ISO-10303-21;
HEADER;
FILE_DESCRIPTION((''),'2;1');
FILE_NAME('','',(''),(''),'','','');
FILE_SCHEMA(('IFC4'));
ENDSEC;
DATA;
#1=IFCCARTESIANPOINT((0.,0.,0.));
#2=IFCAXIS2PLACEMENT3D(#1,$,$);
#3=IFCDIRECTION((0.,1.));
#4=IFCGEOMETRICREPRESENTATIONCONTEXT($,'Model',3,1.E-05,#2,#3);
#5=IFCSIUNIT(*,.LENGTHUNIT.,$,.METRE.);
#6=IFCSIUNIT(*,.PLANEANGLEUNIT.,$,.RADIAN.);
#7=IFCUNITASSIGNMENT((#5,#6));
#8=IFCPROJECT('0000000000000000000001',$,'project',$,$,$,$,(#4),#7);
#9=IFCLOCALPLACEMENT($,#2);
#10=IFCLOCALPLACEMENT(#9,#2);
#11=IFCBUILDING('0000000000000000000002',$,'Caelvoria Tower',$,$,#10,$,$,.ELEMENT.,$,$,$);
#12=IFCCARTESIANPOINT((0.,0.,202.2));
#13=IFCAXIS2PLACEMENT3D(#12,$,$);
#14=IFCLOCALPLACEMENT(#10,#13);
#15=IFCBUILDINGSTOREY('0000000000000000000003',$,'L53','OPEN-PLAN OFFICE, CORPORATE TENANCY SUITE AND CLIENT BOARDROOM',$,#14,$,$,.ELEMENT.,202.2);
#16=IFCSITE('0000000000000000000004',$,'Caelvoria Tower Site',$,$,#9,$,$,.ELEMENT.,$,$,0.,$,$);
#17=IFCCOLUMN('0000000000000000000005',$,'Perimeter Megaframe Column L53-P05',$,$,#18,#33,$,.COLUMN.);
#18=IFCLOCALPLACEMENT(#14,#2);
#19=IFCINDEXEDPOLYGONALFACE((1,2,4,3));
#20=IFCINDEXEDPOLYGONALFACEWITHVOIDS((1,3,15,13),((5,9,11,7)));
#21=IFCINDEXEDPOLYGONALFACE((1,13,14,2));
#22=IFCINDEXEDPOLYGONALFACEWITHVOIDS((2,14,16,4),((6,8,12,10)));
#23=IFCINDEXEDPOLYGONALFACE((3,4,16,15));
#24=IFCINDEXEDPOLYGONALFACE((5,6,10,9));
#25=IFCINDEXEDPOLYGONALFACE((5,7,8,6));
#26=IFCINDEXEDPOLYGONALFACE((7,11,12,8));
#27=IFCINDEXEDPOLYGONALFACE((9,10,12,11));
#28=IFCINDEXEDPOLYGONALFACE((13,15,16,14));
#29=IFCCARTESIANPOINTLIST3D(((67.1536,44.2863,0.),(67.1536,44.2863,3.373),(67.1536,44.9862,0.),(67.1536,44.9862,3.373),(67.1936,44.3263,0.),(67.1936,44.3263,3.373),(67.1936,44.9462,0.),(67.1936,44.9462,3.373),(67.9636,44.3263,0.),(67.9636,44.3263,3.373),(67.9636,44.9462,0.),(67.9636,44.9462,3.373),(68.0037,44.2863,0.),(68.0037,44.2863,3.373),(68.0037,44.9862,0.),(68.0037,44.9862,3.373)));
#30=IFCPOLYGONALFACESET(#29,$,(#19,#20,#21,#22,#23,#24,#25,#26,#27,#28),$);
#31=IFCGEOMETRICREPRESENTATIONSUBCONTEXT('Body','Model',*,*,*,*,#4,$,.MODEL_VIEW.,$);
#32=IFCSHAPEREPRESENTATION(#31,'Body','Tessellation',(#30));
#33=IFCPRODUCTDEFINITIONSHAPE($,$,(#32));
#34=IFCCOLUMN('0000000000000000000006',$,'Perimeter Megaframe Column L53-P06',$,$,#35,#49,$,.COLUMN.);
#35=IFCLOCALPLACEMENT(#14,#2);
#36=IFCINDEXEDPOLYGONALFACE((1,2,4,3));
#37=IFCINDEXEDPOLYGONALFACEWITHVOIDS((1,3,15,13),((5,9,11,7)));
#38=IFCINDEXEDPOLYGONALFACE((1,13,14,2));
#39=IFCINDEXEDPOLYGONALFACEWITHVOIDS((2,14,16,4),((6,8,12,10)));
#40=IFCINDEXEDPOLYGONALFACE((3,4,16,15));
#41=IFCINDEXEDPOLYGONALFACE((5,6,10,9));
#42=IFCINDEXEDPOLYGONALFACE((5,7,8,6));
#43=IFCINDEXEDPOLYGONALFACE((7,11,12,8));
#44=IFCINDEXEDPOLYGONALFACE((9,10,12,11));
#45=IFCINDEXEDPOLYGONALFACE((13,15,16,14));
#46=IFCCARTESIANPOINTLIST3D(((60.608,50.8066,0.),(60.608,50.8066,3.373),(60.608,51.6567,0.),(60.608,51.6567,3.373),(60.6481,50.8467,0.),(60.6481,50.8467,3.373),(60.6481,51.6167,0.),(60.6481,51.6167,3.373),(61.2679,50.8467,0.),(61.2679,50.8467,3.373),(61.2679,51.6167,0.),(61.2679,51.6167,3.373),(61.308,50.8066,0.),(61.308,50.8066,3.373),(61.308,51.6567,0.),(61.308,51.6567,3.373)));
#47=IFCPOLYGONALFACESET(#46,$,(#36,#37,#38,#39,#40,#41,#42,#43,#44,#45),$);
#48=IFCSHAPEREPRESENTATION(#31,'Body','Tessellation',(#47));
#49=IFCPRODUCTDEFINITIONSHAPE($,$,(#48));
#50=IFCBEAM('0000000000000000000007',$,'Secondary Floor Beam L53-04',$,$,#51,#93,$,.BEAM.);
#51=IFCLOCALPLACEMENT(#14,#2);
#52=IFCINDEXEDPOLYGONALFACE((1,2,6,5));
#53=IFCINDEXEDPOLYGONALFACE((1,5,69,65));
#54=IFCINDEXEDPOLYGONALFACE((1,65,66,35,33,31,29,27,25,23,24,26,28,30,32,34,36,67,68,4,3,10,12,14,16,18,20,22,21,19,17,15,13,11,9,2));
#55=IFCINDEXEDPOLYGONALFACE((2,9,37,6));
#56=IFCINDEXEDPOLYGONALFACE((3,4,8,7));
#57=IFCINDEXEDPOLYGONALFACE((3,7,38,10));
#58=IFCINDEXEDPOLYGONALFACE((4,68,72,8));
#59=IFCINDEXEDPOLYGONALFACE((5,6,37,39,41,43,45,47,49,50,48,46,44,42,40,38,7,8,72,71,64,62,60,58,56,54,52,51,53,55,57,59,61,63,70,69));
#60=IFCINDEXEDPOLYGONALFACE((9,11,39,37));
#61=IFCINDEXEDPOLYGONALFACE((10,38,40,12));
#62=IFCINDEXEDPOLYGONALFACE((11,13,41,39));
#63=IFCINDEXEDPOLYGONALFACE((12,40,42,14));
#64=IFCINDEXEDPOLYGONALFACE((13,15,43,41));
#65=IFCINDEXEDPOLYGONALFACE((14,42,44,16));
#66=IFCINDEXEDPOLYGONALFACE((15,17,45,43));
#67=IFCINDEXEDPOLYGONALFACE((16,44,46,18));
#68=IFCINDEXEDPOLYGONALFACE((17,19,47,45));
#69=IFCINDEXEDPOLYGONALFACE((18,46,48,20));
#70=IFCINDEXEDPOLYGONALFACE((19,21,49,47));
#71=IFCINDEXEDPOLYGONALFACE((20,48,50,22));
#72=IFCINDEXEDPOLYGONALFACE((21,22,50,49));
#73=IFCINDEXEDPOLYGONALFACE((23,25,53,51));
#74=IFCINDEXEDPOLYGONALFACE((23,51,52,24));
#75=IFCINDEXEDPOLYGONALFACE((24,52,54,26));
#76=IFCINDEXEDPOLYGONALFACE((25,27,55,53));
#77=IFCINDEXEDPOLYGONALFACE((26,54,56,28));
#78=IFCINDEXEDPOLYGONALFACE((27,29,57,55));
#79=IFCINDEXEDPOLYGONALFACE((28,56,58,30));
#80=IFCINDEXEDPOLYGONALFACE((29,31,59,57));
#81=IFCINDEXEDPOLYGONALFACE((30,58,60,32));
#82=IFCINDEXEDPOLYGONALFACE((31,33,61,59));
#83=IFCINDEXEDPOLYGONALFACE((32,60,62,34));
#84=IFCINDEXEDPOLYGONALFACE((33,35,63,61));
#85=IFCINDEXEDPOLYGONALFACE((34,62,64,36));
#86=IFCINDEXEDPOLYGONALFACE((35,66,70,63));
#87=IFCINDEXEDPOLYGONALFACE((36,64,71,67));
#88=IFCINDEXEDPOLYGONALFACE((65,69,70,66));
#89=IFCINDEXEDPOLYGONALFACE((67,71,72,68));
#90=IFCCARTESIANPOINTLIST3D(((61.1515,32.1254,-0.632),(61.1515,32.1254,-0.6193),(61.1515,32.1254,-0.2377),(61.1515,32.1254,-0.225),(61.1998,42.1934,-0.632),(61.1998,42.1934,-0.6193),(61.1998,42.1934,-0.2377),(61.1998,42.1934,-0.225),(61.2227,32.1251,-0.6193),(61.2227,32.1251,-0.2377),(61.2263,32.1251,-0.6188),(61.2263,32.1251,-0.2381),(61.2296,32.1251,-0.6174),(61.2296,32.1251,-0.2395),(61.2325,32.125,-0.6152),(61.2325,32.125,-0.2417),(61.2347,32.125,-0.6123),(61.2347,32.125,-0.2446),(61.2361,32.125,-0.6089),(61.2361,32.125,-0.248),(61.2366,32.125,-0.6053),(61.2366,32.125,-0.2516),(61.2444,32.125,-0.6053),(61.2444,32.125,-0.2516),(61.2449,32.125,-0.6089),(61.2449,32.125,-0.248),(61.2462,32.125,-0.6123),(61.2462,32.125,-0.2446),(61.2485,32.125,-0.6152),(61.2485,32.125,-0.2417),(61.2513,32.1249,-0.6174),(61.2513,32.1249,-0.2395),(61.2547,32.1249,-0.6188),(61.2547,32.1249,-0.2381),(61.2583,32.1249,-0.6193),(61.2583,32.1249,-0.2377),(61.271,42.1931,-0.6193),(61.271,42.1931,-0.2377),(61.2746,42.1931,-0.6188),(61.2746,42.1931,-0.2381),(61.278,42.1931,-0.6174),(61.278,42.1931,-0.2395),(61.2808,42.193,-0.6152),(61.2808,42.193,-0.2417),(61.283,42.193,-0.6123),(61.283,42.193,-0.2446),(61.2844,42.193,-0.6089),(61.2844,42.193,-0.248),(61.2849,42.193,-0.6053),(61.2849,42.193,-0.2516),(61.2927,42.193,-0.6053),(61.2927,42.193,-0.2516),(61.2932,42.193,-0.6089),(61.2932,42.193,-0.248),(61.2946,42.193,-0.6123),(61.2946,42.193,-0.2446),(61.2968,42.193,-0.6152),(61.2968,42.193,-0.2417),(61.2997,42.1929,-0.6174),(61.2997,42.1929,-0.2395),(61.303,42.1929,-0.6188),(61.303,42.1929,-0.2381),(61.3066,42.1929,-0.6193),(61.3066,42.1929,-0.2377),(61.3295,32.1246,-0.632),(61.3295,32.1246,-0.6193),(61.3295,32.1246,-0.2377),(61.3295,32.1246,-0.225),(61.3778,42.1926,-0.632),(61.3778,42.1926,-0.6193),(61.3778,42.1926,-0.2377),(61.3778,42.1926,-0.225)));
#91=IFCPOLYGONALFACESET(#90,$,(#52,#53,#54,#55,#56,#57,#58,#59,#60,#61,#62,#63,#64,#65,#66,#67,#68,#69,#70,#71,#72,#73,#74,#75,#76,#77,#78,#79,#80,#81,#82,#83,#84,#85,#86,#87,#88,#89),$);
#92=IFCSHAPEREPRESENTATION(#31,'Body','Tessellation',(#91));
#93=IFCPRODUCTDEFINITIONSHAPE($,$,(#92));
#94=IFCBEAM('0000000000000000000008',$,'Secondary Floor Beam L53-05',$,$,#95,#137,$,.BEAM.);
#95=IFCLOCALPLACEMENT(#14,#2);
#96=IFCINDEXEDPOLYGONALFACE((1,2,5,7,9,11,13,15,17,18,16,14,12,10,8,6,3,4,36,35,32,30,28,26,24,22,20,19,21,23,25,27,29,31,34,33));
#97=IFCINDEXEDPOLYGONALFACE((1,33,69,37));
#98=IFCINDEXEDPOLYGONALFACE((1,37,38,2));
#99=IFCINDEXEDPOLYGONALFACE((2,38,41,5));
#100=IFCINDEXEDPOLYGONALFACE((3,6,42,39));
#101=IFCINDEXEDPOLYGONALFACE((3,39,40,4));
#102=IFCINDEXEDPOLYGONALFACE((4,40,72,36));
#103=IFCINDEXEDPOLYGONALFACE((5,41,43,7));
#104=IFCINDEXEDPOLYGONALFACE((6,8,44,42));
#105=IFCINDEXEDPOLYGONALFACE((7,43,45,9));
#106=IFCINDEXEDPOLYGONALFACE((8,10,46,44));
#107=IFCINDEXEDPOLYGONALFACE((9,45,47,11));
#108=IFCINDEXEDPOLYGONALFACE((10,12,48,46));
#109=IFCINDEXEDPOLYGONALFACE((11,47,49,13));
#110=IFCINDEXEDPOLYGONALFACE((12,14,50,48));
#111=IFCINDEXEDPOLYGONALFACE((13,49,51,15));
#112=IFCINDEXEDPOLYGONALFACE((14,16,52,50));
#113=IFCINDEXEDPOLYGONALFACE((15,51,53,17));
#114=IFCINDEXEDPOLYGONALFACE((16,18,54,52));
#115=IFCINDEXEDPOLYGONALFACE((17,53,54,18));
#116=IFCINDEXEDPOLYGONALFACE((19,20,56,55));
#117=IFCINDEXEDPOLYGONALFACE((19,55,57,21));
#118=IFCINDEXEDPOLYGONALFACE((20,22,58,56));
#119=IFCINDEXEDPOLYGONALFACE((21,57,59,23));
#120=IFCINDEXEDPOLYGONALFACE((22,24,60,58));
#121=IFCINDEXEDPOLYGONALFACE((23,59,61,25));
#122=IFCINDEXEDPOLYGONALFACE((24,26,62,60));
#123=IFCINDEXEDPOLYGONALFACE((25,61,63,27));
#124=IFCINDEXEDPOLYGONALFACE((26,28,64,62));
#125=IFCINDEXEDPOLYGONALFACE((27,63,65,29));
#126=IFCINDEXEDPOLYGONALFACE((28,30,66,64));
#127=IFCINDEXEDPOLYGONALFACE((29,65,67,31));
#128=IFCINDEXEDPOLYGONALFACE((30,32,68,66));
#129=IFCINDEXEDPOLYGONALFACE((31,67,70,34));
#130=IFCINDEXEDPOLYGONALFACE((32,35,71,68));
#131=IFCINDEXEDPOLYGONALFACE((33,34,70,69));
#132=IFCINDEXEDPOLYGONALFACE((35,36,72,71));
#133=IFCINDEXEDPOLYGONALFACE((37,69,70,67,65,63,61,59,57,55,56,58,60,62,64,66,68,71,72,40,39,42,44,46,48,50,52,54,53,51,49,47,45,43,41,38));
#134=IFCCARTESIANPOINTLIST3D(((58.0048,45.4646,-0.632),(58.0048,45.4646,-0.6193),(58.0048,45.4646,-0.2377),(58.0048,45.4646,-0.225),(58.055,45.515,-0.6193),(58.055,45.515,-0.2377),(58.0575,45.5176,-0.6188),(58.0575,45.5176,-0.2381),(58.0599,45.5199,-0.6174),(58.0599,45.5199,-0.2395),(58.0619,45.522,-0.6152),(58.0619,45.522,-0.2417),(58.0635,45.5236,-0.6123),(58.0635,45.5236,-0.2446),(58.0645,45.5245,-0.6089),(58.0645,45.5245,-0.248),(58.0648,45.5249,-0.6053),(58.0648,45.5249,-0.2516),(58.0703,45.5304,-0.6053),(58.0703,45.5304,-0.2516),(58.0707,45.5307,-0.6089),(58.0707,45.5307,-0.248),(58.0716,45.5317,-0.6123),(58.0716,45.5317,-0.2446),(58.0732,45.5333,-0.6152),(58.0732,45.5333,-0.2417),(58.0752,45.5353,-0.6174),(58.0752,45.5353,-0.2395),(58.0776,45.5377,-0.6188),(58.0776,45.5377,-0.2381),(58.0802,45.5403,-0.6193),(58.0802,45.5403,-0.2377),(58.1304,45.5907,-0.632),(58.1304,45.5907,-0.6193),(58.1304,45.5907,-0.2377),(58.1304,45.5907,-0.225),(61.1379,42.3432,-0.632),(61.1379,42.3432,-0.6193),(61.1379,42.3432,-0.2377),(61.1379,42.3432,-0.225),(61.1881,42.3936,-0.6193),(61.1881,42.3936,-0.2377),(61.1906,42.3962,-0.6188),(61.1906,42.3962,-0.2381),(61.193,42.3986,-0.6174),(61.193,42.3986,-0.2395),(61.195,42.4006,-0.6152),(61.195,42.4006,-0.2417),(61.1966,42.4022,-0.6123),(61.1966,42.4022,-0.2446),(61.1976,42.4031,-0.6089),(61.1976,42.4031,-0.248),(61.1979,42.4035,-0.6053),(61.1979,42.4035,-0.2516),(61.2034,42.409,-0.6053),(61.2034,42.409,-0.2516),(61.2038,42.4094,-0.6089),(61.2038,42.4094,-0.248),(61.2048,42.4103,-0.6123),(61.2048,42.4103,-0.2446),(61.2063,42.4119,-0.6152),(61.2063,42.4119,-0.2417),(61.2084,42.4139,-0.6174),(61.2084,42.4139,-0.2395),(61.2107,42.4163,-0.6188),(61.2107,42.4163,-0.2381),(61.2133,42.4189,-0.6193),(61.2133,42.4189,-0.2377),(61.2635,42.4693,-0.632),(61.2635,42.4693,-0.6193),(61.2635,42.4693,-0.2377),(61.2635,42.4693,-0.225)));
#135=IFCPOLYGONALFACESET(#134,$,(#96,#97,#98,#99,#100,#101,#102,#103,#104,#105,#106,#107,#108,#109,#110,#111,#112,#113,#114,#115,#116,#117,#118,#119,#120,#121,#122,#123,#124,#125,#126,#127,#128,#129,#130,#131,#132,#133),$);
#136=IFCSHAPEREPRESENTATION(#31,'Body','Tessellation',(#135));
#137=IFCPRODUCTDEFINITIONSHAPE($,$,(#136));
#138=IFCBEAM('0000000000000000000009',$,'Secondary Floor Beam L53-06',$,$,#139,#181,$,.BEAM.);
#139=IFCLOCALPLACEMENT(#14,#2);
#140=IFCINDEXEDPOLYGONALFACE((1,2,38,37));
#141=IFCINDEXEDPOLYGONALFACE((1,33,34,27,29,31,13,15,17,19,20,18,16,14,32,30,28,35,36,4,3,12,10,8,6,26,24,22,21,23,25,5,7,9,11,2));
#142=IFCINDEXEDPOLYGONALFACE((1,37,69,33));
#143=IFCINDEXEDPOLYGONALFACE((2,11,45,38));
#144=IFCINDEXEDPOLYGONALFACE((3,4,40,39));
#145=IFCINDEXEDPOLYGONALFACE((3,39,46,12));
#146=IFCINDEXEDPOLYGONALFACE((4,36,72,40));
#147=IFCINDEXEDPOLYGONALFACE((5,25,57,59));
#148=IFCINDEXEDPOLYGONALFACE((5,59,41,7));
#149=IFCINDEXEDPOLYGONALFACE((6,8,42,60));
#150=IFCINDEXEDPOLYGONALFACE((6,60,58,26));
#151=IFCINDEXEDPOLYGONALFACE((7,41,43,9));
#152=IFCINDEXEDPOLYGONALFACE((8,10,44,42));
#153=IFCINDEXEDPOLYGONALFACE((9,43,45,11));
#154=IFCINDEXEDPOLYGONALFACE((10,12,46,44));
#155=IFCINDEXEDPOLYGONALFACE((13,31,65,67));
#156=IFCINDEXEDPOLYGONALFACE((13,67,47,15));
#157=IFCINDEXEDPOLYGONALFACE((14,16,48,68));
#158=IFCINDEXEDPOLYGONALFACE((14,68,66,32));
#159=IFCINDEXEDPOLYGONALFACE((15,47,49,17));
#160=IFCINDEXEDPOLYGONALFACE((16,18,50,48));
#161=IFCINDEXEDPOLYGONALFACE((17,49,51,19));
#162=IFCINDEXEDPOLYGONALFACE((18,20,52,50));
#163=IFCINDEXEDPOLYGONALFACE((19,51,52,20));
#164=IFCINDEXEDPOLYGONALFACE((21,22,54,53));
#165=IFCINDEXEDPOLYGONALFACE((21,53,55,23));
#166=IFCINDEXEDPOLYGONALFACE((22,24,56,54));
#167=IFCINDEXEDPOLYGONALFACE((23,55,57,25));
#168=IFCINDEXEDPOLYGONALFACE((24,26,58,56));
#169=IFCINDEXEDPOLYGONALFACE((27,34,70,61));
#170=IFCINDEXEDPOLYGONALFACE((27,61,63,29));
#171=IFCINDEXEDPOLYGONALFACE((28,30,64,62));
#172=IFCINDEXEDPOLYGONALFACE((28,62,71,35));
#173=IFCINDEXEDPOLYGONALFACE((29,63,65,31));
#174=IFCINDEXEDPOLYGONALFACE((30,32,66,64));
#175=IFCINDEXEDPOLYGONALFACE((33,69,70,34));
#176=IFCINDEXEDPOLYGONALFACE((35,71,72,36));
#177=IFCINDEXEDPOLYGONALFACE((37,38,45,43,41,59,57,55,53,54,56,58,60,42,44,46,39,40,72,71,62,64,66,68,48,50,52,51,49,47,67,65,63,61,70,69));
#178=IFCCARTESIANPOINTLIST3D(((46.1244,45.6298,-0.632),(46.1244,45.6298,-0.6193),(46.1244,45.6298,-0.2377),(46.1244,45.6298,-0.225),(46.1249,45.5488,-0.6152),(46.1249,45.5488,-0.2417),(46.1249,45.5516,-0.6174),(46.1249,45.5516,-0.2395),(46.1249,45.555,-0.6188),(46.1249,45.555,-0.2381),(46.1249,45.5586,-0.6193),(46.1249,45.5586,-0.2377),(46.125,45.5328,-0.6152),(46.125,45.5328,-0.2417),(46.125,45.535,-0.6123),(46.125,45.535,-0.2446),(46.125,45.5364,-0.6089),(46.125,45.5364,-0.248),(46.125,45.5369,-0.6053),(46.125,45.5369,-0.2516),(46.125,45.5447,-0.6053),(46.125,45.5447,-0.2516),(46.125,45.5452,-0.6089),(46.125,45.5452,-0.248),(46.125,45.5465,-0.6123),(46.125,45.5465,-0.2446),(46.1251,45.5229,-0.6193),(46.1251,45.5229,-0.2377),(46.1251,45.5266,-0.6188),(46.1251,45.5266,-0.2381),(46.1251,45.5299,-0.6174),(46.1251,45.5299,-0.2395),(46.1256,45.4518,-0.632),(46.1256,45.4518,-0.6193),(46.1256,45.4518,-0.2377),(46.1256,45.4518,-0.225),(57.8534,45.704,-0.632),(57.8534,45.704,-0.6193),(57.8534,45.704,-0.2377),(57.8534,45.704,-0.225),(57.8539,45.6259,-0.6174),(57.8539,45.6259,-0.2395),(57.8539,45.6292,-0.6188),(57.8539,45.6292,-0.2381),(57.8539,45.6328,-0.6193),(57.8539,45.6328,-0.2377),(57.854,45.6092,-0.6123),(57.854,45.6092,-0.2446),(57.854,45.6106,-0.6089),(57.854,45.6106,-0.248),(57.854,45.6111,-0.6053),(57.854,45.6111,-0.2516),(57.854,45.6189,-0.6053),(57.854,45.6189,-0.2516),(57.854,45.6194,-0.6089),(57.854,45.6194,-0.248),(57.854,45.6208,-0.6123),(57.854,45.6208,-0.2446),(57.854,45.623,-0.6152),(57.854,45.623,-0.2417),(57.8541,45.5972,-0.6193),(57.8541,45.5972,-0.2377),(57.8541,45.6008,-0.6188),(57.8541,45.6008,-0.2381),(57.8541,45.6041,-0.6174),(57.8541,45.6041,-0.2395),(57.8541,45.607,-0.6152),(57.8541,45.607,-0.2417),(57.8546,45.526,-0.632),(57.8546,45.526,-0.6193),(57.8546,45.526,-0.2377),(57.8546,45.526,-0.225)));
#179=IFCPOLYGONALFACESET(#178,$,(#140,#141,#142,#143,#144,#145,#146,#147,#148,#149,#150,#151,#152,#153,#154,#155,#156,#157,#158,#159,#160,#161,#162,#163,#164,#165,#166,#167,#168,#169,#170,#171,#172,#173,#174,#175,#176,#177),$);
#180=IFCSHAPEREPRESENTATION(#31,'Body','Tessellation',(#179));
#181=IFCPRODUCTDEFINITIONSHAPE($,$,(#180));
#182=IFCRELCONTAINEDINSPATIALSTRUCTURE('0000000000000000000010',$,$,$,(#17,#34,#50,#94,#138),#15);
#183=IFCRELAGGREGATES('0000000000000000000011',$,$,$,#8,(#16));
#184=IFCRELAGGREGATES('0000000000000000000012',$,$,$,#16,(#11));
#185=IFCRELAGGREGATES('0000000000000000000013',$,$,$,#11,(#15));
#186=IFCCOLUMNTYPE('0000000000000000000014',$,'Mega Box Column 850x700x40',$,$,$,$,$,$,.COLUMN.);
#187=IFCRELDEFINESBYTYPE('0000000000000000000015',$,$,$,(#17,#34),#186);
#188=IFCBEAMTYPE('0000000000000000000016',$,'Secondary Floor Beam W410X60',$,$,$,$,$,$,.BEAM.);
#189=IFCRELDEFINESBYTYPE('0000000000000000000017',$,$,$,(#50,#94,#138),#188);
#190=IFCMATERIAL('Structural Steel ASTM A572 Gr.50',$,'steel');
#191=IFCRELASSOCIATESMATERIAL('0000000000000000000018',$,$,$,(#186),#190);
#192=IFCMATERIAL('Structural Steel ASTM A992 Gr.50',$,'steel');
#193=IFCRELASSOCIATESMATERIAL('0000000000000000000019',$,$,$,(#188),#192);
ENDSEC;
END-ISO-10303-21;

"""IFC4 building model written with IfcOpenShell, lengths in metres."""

from ifc_helpers import new_model, si_unit, direction, frame, origin, origin_2d, place, context, subcontext, project, spatial, hollow_rectangle, i_section, extrude, material, material_profile, profile_set, type_object, element, save


model = new_model("IFC4")

# Units and contexts
model_context = context("Model", 3, precision=1e-05, world=origin(), true_north=direction((0.0, 1.0)))
body_context = subcontext(model_context, "Body", "Model", "MODEL_VIEW")
ifc_project = project(units=[si_unit("LENGTHUNIT", "METRE"), si_unit("PLANEANGLEUNIT", "RADIAN")], contexts=[model_context])

# Site, building, storey
site_placement = place(None, origin())
site = spatial("IfcSite", under=ifc_project, at=site_placement, Name="Caelvoria Tower Site", CompositionType="ELEMENT", RefElevation=0.0)
building_placement = place(site_placement, origin())
building = spatial("IfcBuilding", under=site, at=building_placement, Name="Caelvoria Tower", CompositionType="ELEMENT")
storey_placement = place(building_placement, frame((0.0, 0.0, 202.2)))
storey = spatial("IfcBuildingStorey", under=building, at=storey_placement, Name="L53", Description="OPEN-PLAN OFFICE, CORPORATE TENANCY SUITE AND CLIENT BOARDROOM", CompositionType="ELEMENT", Elevation=202.2)

# Columns
ifc_material_1 = material(Name="Structural Steel ASTM A572 Gr.50", Category="steel")
ifc_material_profile_1 = material_profile(ifc_material_1, hollow_rectangle(XDim=0.7, YDim=0.8501, WallThickness=0.04, at=origin_2d()), Name="Structural Steel ASTM A572 Gr.50")
ifc_profile_set_1 = profile_set([ifc_material_profile_1], Name="BOX850X700X40 - Structural Steel ASTM A572 Gr.50")
column_type = type_object("IfcColumnType", Name="Mega Box Column 850x700x40", PredefinedType="COLUMN", material=ifc_profile_set_1)
for number, where, z_axis, x_axis, name in (
    (1, (67.5786, 44.6362, 0.0), (0.0, 0.0, 1.0), (0.0, 1.0, 0.0), "Perimeter Megaframe Column L53-P05"),
    (2, (60.958, 51.2317, 0.0), (0.0, 0.0, 1.0), (1.0, 0.0, 0.0), "Perimeter Megaframe Column L53-P06"),
):
    element("IfcColumn", number, at=place(storey_placement, frame(where, z_axis=z_axis, x_axis=x_axis)), inside=storey, type_object=column_type, Name=name, PredefinedType="COLUMN", context=body_context, shape_type="SweptSolid", body=[
        extrude(hollow_rectangle(XDim=0.7, YDim=0.8501, WallThickness=0.04, at=origin_2d()), origin(), (0.0, 0.0, 1.0), 3.373),
    ])

# Beams
ifc_material_2 = material(Name="Structural Steel ASTM A992 Gr.50", Category="steel")
ifc_material_profile_2 = material_profile(ifc_material_2, i_section(OverallWidth=0.178, OverallDepth=0.407, WebThickness=0.0078, FlangeThickness=0.0127, FilletRadius=0.0139, at=origin_2d()), Name="Structural Steel ASTM A992 Gr.50")
ifc_profile_set_2 = profile_set([ifc_material_profile_2], Name="W410X60 - Structural Steel ASTM A992 Gr.50")
beam_type_1 = type_object("IfcBeamType", Name="Secondary Floor Beam W410X60", PredefinedType="BEAM", material=ifc_profile_set_2)
beam_1_placement = place(storey_placement, frame((61.2405, 32.125, -0.4285), z_axis=(0.004801, 0.999988, 0.0), x_axis=(-0.999988, 0.004801, 0.0)))
element("IfcBeam", 3, at=beam_1_placement, inside=storey, type_object=beam_type_1, Name="Secondary Floor Beam L53-04", PredefinedType="BEAM", context=body_context, shape_type="SweptSolid", body=[
    extrude(i_section(OverallWidth=0.178, OverallDepth=0.407, WebThickness=0.0078, FlangeThickness=0.0127, FilletRadius=0.0139, at=origin_2d()), origin(), (0.0, 0.0, 1.0), 10.0681),
])
beam_2_placement = place(storey_placement, frame((61.2007, 42.4062, -0.4285), z_axis=(-0.70843, 0.705781, 0.0), x_axis=(-0.705781, -0.70843, 0.0)))
element("IfcBeam", 4, at=beam_2_placement, inside=storey, type_object=beam_type_1, Name="Secondary Floor Beam L53-05", PredefinedType="BEAM", context=body_context, shape_type="SweptSolid", body=[
    extrude(i_section(OverallWidth=0.178, OverallDepth=0.407, WebThickness=0.0078, FlangeThickness=0.0127, FilletRadius=0.0139, at=origin_2d()), origin(), (0.0, 0.0, 1.0), 4.4226),
])
beam_3_placement = place(storey_placement, frame((57.854, 45.615, -0.4285), z_axis=(-0.99998, -0.006328, 0.0), x_axis=(0.006328, -0.99998, 0.0)))
element("IfcBeam", 5, at=beam_3_placement, inside=storey, type_object=beam_type_1, Name="Secondary Floor Beam L53-06", PredefinedType="BEAM", context=body_context, shape_type="SweptSolid", body=[
    extrude(i_section(OverallWidth=0.178, OverallDepth=0.407, WebThickness=0.0078, FlangeThickness=0.0127, FilletRadius=0.0139, at=origin_2d()), origin(), (0.0, 0.0, 1.0), 11.7292),
])

save(model, "model.ifc")
